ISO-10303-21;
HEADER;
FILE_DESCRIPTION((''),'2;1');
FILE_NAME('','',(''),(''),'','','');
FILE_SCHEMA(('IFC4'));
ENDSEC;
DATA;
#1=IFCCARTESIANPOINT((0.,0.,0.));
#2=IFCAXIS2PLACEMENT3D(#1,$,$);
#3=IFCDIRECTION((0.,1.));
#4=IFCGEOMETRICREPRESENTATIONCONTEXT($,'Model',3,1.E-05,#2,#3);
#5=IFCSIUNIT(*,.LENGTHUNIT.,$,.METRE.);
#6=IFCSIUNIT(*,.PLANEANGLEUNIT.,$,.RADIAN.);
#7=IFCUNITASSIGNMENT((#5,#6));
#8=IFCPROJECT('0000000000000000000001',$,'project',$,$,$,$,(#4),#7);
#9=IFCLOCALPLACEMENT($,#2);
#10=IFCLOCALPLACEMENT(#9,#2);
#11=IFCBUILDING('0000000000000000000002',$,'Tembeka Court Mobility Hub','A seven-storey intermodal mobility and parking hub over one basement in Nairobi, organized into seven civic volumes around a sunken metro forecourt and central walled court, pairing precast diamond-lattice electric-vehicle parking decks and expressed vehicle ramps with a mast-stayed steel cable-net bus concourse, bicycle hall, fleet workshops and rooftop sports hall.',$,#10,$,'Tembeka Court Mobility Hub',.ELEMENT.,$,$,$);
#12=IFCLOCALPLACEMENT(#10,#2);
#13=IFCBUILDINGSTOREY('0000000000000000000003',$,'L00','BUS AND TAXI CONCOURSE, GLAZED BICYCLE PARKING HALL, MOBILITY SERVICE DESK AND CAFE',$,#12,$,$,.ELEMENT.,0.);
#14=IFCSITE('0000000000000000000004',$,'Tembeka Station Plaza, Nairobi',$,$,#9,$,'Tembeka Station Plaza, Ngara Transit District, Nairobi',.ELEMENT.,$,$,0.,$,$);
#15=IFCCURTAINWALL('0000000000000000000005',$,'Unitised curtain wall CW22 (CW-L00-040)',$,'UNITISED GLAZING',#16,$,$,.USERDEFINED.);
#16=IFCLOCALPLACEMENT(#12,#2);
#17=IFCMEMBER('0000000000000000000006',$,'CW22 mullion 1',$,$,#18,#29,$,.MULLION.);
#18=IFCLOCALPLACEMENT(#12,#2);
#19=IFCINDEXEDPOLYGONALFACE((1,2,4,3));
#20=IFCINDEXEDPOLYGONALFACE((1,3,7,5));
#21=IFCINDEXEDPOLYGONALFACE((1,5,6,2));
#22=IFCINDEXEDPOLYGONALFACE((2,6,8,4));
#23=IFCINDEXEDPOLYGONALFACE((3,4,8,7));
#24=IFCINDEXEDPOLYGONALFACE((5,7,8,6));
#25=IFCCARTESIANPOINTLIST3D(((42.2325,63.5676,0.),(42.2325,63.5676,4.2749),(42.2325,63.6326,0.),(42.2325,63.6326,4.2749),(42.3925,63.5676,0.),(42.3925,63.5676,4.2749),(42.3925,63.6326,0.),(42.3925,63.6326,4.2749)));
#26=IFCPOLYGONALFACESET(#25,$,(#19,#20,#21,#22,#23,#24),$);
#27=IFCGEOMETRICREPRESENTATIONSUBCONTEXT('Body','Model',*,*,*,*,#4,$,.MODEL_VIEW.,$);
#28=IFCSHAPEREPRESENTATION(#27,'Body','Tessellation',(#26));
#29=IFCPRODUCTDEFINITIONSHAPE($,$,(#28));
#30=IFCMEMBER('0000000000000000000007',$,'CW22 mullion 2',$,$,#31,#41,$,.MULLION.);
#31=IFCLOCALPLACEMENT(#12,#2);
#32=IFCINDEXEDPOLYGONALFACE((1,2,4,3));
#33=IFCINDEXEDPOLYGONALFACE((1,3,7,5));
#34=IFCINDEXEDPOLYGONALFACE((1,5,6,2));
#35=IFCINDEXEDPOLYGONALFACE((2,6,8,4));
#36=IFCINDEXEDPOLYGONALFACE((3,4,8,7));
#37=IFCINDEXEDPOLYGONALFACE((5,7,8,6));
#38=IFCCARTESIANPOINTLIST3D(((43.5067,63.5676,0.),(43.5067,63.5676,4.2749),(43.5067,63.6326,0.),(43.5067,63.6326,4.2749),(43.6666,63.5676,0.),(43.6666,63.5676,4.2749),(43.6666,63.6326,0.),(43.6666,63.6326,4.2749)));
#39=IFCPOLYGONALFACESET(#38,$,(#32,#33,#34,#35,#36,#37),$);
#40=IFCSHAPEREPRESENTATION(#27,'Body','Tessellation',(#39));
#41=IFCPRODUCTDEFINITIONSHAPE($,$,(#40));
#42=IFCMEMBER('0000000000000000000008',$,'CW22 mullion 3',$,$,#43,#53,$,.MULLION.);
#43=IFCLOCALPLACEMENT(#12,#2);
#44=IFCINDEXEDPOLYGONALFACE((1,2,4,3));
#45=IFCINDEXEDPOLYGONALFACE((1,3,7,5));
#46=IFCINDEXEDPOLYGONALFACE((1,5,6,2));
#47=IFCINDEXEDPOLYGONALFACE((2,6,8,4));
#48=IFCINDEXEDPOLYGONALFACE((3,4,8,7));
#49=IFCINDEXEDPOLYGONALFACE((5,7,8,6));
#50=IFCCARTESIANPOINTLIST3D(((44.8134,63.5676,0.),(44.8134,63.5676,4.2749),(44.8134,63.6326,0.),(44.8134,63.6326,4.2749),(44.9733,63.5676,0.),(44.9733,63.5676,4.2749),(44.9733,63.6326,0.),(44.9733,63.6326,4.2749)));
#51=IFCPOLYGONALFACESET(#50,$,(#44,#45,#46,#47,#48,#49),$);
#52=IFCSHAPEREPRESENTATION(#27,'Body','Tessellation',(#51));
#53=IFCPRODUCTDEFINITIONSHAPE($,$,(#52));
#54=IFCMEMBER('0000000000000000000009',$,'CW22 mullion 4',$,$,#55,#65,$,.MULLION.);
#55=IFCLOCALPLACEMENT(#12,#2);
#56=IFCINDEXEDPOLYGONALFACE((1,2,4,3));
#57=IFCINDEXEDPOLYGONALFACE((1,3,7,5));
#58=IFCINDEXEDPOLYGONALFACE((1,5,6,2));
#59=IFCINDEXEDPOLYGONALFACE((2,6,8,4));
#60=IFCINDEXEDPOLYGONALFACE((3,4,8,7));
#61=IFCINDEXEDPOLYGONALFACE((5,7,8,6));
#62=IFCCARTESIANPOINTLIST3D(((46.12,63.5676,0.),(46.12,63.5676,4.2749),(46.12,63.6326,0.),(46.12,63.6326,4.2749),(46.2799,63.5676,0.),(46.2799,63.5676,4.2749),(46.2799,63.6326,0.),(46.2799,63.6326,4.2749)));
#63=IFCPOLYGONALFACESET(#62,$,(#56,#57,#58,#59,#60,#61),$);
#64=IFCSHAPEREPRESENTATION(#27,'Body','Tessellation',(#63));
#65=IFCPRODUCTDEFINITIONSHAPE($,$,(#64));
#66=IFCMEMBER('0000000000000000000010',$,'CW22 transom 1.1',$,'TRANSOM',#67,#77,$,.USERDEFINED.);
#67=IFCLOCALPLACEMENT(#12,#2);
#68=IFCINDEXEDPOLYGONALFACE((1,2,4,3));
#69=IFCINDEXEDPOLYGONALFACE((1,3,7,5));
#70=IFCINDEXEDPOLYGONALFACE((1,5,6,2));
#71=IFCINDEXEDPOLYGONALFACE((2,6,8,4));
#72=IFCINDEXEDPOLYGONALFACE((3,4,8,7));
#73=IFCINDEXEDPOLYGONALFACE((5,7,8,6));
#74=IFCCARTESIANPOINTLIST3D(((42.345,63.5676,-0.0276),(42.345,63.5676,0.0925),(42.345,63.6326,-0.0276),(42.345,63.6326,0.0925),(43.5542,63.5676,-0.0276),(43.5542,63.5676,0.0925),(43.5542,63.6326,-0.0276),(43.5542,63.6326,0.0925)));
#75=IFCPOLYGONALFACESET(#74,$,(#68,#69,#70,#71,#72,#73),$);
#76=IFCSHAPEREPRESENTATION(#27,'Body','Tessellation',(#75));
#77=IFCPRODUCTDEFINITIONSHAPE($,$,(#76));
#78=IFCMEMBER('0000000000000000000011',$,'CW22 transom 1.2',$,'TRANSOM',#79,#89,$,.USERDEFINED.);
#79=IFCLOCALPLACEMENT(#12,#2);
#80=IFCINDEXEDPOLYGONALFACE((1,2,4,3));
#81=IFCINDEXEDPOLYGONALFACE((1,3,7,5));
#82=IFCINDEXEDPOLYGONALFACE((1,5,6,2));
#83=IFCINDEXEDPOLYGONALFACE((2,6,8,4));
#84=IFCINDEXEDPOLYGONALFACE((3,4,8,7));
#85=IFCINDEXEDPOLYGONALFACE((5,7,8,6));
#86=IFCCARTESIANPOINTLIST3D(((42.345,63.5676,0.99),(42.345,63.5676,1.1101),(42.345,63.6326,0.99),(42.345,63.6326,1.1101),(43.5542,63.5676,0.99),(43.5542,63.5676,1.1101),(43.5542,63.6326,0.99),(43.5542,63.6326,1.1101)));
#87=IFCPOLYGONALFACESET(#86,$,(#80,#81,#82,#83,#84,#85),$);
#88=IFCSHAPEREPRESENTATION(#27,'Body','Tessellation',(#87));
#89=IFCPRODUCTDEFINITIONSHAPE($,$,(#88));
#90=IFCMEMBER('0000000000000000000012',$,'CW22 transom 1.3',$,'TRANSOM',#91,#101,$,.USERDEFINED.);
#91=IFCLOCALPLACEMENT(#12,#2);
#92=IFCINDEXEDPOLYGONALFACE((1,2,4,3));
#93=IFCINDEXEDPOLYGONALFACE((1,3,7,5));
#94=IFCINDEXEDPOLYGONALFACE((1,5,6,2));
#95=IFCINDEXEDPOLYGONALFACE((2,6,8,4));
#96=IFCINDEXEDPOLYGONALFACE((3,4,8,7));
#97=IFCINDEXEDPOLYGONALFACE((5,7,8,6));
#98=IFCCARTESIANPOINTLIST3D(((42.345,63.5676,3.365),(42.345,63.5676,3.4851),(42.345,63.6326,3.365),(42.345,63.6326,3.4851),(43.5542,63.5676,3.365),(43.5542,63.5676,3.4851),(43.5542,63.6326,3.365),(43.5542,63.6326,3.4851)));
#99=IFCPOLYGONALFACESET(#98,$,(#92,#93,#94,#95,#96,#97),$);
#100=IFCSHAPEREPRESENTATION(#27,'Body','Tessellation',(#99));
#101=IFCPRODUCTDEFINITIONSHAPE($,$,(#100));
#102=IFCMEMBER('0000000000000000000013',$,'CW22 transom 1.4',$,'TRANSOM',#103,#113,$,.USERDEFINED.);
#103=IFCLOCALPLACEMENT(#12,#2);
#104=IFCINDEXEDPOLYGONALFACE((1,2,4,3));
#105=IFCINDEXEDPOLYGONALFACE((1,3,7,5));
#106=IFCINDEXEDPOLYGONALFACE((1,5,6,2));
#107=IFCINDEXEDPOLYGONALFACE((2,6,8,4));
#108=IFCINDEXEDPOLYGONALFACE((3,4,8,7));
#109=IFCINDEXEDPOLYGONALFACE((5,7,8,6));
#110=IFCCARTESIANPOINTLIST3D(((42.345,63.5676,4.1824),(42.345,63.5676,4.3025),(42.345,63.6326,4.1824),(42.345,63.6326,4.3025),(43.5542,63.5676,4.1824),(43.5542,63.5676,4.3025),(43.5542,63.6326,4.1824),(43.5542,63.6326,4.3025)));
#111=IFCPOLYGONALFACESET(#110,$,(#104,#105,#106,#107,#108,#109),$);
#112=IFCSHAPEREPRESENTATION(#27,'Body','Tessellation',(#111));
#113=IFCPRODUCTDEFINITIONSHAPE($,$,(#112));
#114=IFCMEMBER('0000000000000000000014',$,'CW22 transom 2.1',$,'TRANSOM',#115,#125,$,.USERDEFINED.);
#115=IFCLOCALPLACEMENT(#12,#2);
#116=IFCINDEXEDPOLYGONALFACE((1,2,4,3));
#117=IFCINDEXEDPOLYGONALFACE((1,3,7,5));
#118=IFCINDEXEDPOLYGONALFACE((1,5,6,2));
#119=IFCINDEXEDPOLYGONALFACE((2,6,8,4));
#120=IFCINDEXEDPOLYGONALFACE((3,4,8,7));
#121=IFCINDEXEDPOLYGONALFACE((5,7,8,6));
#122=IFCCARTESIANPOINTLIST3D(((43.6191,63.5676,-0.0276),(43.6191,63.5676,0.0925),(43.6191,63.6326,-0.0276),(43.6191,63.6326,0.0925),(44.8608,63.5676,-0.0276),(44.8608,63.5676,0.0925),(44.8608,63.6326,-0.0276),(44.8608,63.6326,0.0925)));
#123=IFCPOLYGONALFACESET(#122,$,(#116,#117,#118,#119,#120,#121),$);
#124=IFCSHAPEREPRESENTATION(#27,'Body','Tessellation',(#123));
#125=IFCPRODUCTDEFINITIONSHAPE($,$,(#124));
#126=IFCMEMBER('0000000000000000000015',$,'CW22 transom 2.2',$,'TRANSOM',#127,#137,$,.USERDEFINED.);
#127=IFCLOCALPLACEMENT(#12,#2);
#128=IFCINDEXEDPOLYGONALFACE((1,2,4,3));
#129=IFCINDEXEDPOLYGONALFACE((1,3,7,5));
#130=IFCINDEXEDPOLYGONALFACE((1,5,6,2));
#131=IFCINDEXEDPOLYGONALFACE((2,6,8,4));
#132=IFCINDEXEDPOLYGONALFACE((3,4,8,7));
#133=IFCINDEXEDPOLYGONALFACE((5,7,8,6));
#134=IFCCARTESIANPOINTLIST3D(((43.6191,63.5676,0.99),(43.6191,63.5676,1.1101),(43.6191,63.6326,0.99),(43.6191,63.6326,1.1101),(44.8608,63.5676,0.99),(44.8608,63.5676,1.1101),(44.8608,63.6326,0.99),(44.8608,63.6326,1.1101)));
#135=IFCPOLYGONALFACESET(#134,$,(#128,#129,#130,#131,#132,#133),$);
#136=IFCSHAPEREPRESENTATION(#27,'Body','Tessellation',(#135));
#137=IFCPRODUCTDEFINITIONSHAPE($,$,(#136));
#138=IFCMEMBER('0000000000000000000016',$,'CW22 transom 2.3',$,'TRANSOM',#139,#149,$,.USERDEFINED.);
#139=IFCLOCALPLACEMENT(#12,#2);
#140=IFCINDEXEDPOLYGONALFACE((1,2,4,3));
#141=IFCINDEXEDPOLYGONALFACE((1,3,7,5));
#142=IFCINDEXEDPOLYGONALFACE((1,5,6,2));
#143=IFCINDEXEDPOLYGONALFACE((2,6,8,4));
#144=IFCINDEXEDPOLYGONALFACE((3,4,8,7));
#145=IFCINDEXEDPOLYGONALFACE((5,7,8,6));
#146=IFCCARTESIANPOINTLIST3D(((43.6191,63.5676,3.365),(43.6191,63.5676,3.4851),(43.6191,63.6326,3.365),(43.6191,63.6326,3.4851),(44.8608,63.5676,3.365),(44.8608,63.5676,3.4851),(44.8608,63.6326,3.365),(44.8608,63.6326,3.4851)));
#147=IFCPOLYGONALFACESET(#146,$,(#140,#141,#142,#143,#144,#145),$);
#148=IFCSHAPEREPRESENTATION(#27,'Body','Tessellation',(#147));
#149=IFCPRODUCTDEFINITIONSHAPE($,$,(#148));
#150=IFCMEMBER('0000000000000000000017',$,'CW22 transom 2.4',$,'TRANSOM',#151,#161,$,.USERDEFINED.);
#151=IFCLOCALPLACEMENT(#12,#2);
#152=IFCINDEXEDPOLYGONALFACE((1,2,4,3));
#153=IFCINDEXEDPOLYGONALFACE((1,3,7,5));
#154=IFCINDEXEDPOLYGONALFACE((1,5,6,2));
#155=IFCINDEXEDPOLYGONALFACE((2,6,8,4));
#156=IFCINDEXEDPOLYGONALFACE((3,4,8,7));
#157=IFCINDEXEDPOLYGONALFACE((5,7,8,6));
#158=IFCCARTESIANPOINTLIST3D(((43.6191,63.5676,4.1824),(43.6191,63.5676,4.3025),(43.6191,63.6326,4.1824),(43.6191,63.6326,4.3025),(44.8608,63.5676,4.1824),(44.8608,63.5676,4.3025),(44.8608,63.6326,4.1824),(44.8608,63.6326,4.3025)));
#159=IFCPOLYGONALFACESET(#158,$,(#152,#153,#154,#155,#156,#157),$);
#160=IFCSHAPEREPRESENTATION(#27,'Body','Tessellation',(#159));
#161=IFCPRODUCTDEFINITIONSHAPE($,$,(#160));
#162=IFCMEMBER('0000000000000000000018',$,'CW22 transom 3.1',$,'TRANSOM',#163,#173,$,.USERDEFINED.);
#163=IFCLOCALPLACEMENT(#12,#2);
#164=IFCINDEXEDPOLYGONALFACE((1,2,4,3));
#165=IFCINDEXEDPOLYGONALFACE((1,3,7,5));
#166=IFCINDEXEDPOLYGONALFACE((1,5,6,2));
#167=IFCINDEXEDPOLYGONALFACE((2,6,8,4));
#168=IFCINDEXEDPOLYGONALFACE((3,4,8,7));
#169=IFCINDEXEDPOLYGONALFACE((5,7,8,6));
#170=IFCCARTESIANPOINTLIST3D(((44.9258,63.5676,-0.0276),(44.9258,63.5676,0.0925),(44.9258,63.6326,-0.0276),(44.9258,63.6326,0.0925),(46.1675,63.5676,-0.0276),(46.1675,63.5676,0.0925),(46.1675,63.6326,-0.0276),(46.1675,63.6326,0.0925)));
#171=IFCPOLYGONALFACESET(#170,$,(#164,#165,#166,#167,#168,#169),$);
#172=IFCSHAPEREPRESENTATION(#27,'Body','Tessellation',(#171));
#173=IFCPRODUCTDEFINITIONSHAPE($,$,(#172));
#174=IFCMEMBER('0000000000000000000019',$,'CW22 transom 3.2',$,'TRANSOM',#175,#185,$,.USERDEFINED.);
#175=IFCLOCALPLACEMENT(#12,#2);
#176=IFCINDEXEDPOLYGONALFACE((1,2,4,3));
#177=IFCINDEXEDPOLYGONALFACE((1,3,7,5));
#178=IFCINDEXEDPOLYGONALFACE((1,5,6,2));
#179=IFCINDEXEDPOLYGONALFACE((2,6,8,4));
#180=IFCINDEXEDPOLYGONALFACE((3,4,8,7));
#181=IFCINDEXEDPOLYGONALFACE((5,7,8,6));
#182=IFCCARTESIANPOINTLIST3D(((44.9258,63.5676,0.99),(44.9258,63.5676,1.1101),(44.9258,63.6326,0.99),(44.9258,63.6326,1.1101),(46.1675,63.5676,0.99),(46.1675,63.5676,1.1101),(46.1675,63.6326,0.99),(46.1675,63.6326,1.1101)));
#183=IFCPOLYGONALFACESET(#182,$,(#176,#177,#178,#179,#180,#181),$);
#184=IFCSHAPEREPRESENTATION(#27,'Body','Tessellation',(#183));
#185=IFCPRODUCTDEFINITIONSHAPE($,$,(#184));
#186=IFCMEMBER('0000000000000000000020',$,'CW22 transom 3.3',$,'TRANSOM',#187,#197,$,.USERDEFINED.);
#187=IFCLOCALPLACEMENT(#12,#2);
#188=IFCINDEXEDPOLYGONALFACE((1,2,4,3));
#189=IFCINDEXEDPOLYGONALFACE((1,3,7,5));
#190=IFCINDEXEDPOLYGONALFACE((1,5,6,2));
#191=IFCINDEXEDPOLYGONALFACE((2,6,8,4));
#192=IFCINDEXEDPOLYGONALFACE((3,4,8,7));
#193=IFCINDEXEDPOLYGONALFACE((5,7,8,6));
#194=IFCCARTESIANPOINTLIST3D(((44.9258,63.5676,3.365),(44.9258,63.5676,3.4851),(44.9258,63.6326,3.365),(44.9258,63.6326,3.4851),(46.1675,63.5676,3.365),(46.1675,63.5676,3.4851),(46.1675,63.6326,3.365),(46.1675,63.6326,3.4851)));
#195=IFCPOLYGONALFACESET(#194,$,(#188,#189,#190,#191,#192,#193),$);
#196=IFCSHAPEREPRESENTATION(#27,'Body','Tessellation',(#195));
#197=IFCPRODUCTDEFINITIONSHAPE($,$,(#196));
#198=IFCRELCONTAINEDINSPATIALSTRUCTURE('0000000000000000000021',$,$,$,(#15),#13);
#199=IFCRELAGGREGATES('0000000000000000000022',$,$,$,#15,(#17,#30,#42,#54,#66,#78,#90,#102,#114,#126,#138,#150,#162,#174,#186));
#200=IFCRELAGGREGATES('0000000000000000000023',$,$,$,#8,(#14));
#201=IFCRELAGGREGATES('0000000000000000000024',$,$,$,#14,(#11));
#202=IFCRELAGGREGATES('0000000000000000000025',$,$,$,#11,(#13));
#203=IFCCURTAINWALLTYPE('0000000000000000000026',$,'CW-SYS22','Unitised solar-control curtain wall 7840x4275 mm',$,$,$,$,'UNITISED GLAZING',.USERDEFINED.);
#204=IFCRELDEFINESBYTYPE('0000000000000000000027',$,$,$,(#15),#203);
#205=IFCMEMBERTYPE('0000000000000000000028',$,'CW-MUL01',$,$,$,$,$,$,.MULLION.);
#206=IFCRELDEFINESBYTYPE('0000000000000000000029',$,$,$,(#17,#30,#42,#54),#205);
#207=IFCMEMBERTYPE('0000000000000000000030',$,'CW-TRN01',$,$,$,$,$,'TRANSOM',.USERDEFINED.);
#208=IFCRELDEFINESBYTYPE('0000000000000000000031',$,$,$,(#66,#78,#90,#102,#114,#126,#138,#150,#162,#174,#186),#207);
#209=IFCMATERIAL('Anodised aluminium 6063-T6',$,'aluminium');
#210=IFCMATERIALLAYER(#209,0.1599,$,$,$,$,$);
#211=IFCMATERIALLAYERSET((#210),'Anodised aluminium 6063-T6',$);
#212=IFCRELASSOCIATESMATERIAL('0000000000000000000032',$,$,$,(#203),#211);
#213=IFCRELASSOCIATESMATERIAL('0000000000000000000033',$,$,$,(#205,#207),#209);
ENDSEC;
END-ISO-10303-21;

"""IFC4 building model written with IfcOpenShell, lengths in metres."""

from ifc_helpers import new_model, si_unit, direction, frame, origin, origin_2d, place, context, subcontext, project, spatial, rectangle, extrude, material, layer, layer_set, material_profile, profile_set, type_object, element, aggregate, save


model = new_model("IFC4")

# Units and contexts
model_context = context("Model", 3, precision=1e-05, world=origin(), true_north=direction((0.0, 1.0)))
body_context = subcontext(model_context, "Body", "Model", "MODEL_VIEW")
ifc_project = project(units=[si_unit("LENGTHUNIT", "METRE"), si_unit("PLANEANGLEUNIT", "RADIAN")], contexts=[model_context])

# Site, building, storey
site_placement = place(None, origin())
site = spatial("IfcSite", under=ifc_project, at=site_placement, Name="Tembeka Station Plaza, Nairobi", LongName="Tembeka Station Plaza, Ngara Transit District, Nairobi", CompositionType="ELEMENT", RefElevation=0.0)
building_placement = place(site_placement, origin())
building = spatial("IfcBuilding", under=site, at=building_placement, Name="Tembeka Court Mobility Hub", Description="A seven-storey intermodal mobility and parking hub over one basement in Nairobi, organized into seven civic volumes around a sunken metro forecourt and central walled court, pairing precast diamond-lattice electric-vehicle parking decks and expressed vehicle ramps with a mast-stayed steel cable-net bus concourse, bicycle hall, fleet workshops and rooftop sports hall.", LongName="Tembeka Court Mobility Hub", CompositionType="ELEMENT")
storey_placement = place(building_placement, origin())
storey = spatial("IfcBuildingStorey", under=building, at=storey_placement, Name="L00", Description="BUS AND TAXI CONCOURSE, GLAZED BICYCLE PARKING HALL, MOBILITY SERVICE DESK AND CAFE", CompositionType="ELEMENT", Elevation=0.0)

# Curtain wall, members
ifc_material_1 = material(Name="Anodised aluminium 6063-T6", Category="aluminium")
ifc_layer_1 = layer(ifc_material_1, 0.1599)
ifc_layer_set_1 = layer_set([ifc_layer_1], Name="Anodised aluminium 6063-T6")
curtain_wall_type = type_object("IfcCurtainWallType", Name="CW-SYS22", Description="Unitised solar-control curtain wall 7840x4275 mm", ElementType="UNITISED GLAZING", PredefinedType="USERDEFINED", material=ifc_layer_set_1)
curtain_wall_placement = place(storey_placement, origin())
curtain_wall = element("IfcCurtainWall", 1, at=curtain_wall_placement, inside=storey, type_object=curtain_wall_type, Name="Unitised curtain wall CW22 (CW-L00-040)", ObjectType="UNITISED GLAZING", PredefinedType="USERDEFINED")
ifc_material_profile_1 = material_profile(ifc_material_1, rectangle(XDim=0.0649, YDim=0.1599, at=origin_2d()), Name="ALU-MUL 65x160")
ifc_profile_set_1 = profile_set([ifc_material_profile_1], Name="Anodised aluminium 6063-T6")
member_type_1 = type_object("IfcMemberType", Name="CW-MUL01", PredefinedType="MULLION", material=ifc_profile_set_1)
member_1_placement = place(storey_placement, frame((42.3125, 63.6001, 0.0), z_axis=(0.0, 0.0, 1.0), x_axis=(0.0, 1.0, 0.0)))
member_1 = element("IfcMember", 2, at=member_1_placement, type_object=member_type_1, Name="CW22 mullion 1", PredefinedType="MULLION", context=body_context, shape_type="SweptSolid", body=[
    extrude(rectangle(XDim=0.0649, YDim=0.1599, at=origin_2d()), origin(), (0.0, 0.0, 1.0), 4.2749),
])
member_2_placement = place(storey_placement, frame((43.5867, 63.6001, 0.0), z_axis=(0.0, 0.0, 1.0), x_axis=(0.0, 1.0, 0.0)))
member_2 = element("IfcMember", 3, at=member_2_placement, type_object=member_type_1, Name="CW22 mullion 2", PredefinedType="MULLION", context=body_context, shape_type="SweptSolid", body=[
    extrude(rectangle(XDim=0.0649, YDim=0.1599, at=origin_2d()), origin(), (0.0, 0.0, 1.0), 4.2749),
])
member_3_placement = place(storey_placement, frame((44.8933, 63.6001, 0.0), z_axis=(0.0, 0.0, 1.0), x_axis=(0.0, 1.0, 0.0)))
member_3 = element("IfcMember", 4, at=member_3_placement, type_object=member_type_1, Name="CW22 mullion 3", PredefinedType="MULLION", context=body_context, shape_type="SweptSolid", body=[
    extrude(rectangle(XDim=0.0649, YDim=0.1599, at=origin_2d()), origin(), (0.0, 0.0, 1.0), 4.2749),
])
member_4_placement = place(storey_placement, frame((46.2, 63.6001, 0.0), z_axis=(0.0, 0.0, 1.0), x_axis=(0.0, 1.0, 0.0)))
member_4 = element("IfcMember", 5, at=member_4_placement, type_object=member_type_1, Name="CW22 mullion 4", PredefinedType="MULLION", context=body_context, shape_type="SweptSolid", body=[
    extrude(rectangle(XDim=0.0649, YDim=0.1599, at=origin_2d()), origin(), (0.0, 0.0, 1.0), 4.2749),
])
ifc_material_profile_2 = material_profile(ifc_material_1, rectangle(XDim=0.0649, YDim=0.1201, at=origin_2d()), Name="ALU-TRN 65x120")
ifc_profile_set_2 = profile_set([ifc_material_profile_2], Name="Anodised aluminium 6063-T6")
member_type_2 = type_object("IfcMemberType", Name="CW-TRN01", ElementType="TRANSOM", PredefinedType="USERDEFINED", material=ifc_profile_set_2)
member_5_placement = place(storey_placement, frame((42.345, 63.6001, 0.0325), z_axis=(1.0, 0.0, 0.0), x_axis=(0.0, 1.0, 0.0)))
member_5 = element("IfcMember", 6, at=member_5_placement, type_object=member_type_2, Name="CW22 transom 1.1", ObjectType="TRANSOM", PredefinedType="USERDEFINED", context=body_context, shape_type="SweptSolid", body=[
    extrude(rectangle(XDim=0.0649, YDim=0.1201, at=origin_2d()), origin(), (0.0, 0.0, 1.0), 1.2092),
])
member_6_placement = place(storey_placement, frame((42.345, 63.6001, 1.05), z_axis=(1.0, 0.0, 0.0), x_axis=(0.0, 1.0, 0.0)))
member_6 = element("IfcMember", 7, at=member_6_placement, type_object=member_type_2, Name="CW22 transom 1.2", ObjectType="TRANSOM", PredefinedType="USERDEFINED", context=body_context, shape_type="SweptSolid", body=[
    extrude(rectangle(XDim=0.0649, YDim=0.1201, at=origin_2d()), origin(), (0.0, 0.0, 1.0), 1.2092),
])
member_7_placement = place(storey_placement, frame((42.345, 63.6001, 3.425), z_axis=(1.0, 0.0, 0.0), x_axis=(0.0, 1.0, 0.0)))
member_7 = element("IfcMember", 8, at=member_7_placement, type_object=member_type_2, Name="CW22 transom 1.3", ObjectType="TRANSOM", PredefinedType="USERDEFINED", context=body_context, shape_type="SweptSolid", body=[
    extrude(rectangle(XDim=0.0649, YDim=0.1201, at=origin_2d()), origin(), (0.0, 0.0, 1.0), 1.2092),
])
member_8_placement = place(storey_placement, frame((42.345, 63.6001, 4.2424), z_axis=(1.0, 0.0, 0.0), x_axis=(0.0, 1.0, 0.0)))
member_8 = element("IfcMember", 9, at=member_8_placement, type_object=member_type_2, Name="CW22 transom 1.4", ObjectType="TRANSOM", PredefinedType="USERDEFINED", context=body_context, shape_type="SweptSolid", body=[
    extrude(rectangle(XDim=0.0649, YDim=0.1201, at=origin_2d()), origin(), (0.0, 0.0, 1.0), 1.2092),
])
member_9_placement = place(storey_placement, frame((43.6191, 63.6001, 0.0325), z_axis=(1.0, 0.0, 0.0), x_axis=(0.0, 1.0, 0.0)))
member_9 = element("IfcMember", 10, at=member_9_placement, type_object=member_type_2, Name="CW22 transom 2.1", ObjectType="TRANSOM", PredefinedType="USERDEFINED", context=body_context, shape_type="SweptSolid", body=[
    extrude(rectangle(XDim=0.0649, YDim=0.1201, at=origin_2d()), origin(), (0.0, 0.0, 1.0), 1.2417),
])
member_10_placement = place(storey_placement, frame((43.6191, 63.6001, 1.05), z_axis=(1.0, 0.0, 0.0), x_axis=(0.0, 1.0, 0.0)))
member_10 = element("IfcMember", 11, at=member_10_placement, type_object=member_type_2, Name="CW22 transom 2.2", ObjectType="TRANSOM", PredefinedType="USERDEFINED", context=body_context, shape_type="SweptSolid", body=[
    extrude(rectangle(XDim=0.0649, YDim=0.1201, at=origin_2d()), origin(), (0.0, 0.0, 1.0), 1.2417),
])
member_11_placement = place(storey_placement, frame((43.6191, 63.6001, 3.425), z_axis=(1.0, 0.0, 0.0), x_axis=(0.0, 1.0, 0.0)))
member_11 = element("IfcMember", 12, at=member_11_placement, type_object=member_type_2, Name="CW22 transom 2.3", ObjectType="TRANSOM", PredefinedType="USERDEFINED", context=body_context, shape_type="SweptSolid", body=[
    extrude(rectangle(XDim=0.0649, YDim=0.1201, at=origin_2d()), origin(), (0.0, 0.0, 1.0), 1.2417),
])
member_12_placement = place(storey_placement, frame((43.6191, 63.6001, 4.2424), z_axis=(1.0, 0.0, 0.0), x_axis=(0.0, 1.0, 0.0)))
member_12 = element("IfcMember", 13, at=member_12_placement, type_object=member_type_2, Name="CW22 transom 2.4", ObjectType="TRANSOM", PredefinedType="USERDEFINED", context=body_context, shape_type="SweptSolid", body=[
    extrude(rectangle(XDim=0.0649, YDim=0.1201, at=origin_2d()), origin(), (0.0, 0.0, 1.0), 1.2417),
])
member_13_placement = place(storey_placement, frame((44.9258, 63.6001, 0.0325), z_axis=(1.0, 0.0, 0.0), x_axis=(0.0, 1.0, 0.0)))
member_13 = element("IfcMember", 14, at=member_13_placement, type_object=member_type_2, Name="CW22 transom 3.1", ObjectType="TRANSOM", PredefinedType="USERDEFINED", context=body_context, shape_type="SweptSolid", body=[
    extrude(rectangle(XDim=0.0649, YDim=0.1201, at=origin_2d()), origin(), (0.0, 0.0, 1.0), 1.2417),
])
member_14_placement = place(storey_placement, frame((44.9258, 63.6001, 1.05), z_axis=(1.0, 0.0, 0.0), x_axis=(0.0, 1.0, 0.0)))
member_14 = element("IfcMember", 15, at=member_14_placement, type_object=member_type_2, Name="CW22 transom 3.2", ObjectType="TRANSOM", PredefinedType="USERDEFINED", context=body_context, shape_type="SweptSolid", body=[
    extrude(rectangle(XDim=0.0649, YDim=0.1201, at=origin_2d()), origin(), (0.0, 0.0, 1.0), 1.2417),
])
member_15_placement = place(storey_placement, frame((44.9258, 63.6001, 3.425), z_axis=(1.0, 0.0, 0.0), x_axis=(0.0, 1.0, 0.0)))
member_15 = element("IfcMember", 16, at=member_15_placement, type_object=member_type_2, Name="CW22 transom 3.3", ObjectType="TRANSOM", PredefinedType="USERDEFINED", context=body_context, shape_type="SweptSolid", body=[
    extrude(rectangle(XDim=0.0649, YDim=0.1201, at=origin_2d()), origin(), (0.0, 0.0, 1.0), 1.2417),
])
aggregate(curtain_wall, [member_1, member_2, member_3, member_4, member_5, member_6, member_7, member_8, member_9, member_10, member_11, member_12, member_13, member_14, member_15])

save(model, "model.ifc")
